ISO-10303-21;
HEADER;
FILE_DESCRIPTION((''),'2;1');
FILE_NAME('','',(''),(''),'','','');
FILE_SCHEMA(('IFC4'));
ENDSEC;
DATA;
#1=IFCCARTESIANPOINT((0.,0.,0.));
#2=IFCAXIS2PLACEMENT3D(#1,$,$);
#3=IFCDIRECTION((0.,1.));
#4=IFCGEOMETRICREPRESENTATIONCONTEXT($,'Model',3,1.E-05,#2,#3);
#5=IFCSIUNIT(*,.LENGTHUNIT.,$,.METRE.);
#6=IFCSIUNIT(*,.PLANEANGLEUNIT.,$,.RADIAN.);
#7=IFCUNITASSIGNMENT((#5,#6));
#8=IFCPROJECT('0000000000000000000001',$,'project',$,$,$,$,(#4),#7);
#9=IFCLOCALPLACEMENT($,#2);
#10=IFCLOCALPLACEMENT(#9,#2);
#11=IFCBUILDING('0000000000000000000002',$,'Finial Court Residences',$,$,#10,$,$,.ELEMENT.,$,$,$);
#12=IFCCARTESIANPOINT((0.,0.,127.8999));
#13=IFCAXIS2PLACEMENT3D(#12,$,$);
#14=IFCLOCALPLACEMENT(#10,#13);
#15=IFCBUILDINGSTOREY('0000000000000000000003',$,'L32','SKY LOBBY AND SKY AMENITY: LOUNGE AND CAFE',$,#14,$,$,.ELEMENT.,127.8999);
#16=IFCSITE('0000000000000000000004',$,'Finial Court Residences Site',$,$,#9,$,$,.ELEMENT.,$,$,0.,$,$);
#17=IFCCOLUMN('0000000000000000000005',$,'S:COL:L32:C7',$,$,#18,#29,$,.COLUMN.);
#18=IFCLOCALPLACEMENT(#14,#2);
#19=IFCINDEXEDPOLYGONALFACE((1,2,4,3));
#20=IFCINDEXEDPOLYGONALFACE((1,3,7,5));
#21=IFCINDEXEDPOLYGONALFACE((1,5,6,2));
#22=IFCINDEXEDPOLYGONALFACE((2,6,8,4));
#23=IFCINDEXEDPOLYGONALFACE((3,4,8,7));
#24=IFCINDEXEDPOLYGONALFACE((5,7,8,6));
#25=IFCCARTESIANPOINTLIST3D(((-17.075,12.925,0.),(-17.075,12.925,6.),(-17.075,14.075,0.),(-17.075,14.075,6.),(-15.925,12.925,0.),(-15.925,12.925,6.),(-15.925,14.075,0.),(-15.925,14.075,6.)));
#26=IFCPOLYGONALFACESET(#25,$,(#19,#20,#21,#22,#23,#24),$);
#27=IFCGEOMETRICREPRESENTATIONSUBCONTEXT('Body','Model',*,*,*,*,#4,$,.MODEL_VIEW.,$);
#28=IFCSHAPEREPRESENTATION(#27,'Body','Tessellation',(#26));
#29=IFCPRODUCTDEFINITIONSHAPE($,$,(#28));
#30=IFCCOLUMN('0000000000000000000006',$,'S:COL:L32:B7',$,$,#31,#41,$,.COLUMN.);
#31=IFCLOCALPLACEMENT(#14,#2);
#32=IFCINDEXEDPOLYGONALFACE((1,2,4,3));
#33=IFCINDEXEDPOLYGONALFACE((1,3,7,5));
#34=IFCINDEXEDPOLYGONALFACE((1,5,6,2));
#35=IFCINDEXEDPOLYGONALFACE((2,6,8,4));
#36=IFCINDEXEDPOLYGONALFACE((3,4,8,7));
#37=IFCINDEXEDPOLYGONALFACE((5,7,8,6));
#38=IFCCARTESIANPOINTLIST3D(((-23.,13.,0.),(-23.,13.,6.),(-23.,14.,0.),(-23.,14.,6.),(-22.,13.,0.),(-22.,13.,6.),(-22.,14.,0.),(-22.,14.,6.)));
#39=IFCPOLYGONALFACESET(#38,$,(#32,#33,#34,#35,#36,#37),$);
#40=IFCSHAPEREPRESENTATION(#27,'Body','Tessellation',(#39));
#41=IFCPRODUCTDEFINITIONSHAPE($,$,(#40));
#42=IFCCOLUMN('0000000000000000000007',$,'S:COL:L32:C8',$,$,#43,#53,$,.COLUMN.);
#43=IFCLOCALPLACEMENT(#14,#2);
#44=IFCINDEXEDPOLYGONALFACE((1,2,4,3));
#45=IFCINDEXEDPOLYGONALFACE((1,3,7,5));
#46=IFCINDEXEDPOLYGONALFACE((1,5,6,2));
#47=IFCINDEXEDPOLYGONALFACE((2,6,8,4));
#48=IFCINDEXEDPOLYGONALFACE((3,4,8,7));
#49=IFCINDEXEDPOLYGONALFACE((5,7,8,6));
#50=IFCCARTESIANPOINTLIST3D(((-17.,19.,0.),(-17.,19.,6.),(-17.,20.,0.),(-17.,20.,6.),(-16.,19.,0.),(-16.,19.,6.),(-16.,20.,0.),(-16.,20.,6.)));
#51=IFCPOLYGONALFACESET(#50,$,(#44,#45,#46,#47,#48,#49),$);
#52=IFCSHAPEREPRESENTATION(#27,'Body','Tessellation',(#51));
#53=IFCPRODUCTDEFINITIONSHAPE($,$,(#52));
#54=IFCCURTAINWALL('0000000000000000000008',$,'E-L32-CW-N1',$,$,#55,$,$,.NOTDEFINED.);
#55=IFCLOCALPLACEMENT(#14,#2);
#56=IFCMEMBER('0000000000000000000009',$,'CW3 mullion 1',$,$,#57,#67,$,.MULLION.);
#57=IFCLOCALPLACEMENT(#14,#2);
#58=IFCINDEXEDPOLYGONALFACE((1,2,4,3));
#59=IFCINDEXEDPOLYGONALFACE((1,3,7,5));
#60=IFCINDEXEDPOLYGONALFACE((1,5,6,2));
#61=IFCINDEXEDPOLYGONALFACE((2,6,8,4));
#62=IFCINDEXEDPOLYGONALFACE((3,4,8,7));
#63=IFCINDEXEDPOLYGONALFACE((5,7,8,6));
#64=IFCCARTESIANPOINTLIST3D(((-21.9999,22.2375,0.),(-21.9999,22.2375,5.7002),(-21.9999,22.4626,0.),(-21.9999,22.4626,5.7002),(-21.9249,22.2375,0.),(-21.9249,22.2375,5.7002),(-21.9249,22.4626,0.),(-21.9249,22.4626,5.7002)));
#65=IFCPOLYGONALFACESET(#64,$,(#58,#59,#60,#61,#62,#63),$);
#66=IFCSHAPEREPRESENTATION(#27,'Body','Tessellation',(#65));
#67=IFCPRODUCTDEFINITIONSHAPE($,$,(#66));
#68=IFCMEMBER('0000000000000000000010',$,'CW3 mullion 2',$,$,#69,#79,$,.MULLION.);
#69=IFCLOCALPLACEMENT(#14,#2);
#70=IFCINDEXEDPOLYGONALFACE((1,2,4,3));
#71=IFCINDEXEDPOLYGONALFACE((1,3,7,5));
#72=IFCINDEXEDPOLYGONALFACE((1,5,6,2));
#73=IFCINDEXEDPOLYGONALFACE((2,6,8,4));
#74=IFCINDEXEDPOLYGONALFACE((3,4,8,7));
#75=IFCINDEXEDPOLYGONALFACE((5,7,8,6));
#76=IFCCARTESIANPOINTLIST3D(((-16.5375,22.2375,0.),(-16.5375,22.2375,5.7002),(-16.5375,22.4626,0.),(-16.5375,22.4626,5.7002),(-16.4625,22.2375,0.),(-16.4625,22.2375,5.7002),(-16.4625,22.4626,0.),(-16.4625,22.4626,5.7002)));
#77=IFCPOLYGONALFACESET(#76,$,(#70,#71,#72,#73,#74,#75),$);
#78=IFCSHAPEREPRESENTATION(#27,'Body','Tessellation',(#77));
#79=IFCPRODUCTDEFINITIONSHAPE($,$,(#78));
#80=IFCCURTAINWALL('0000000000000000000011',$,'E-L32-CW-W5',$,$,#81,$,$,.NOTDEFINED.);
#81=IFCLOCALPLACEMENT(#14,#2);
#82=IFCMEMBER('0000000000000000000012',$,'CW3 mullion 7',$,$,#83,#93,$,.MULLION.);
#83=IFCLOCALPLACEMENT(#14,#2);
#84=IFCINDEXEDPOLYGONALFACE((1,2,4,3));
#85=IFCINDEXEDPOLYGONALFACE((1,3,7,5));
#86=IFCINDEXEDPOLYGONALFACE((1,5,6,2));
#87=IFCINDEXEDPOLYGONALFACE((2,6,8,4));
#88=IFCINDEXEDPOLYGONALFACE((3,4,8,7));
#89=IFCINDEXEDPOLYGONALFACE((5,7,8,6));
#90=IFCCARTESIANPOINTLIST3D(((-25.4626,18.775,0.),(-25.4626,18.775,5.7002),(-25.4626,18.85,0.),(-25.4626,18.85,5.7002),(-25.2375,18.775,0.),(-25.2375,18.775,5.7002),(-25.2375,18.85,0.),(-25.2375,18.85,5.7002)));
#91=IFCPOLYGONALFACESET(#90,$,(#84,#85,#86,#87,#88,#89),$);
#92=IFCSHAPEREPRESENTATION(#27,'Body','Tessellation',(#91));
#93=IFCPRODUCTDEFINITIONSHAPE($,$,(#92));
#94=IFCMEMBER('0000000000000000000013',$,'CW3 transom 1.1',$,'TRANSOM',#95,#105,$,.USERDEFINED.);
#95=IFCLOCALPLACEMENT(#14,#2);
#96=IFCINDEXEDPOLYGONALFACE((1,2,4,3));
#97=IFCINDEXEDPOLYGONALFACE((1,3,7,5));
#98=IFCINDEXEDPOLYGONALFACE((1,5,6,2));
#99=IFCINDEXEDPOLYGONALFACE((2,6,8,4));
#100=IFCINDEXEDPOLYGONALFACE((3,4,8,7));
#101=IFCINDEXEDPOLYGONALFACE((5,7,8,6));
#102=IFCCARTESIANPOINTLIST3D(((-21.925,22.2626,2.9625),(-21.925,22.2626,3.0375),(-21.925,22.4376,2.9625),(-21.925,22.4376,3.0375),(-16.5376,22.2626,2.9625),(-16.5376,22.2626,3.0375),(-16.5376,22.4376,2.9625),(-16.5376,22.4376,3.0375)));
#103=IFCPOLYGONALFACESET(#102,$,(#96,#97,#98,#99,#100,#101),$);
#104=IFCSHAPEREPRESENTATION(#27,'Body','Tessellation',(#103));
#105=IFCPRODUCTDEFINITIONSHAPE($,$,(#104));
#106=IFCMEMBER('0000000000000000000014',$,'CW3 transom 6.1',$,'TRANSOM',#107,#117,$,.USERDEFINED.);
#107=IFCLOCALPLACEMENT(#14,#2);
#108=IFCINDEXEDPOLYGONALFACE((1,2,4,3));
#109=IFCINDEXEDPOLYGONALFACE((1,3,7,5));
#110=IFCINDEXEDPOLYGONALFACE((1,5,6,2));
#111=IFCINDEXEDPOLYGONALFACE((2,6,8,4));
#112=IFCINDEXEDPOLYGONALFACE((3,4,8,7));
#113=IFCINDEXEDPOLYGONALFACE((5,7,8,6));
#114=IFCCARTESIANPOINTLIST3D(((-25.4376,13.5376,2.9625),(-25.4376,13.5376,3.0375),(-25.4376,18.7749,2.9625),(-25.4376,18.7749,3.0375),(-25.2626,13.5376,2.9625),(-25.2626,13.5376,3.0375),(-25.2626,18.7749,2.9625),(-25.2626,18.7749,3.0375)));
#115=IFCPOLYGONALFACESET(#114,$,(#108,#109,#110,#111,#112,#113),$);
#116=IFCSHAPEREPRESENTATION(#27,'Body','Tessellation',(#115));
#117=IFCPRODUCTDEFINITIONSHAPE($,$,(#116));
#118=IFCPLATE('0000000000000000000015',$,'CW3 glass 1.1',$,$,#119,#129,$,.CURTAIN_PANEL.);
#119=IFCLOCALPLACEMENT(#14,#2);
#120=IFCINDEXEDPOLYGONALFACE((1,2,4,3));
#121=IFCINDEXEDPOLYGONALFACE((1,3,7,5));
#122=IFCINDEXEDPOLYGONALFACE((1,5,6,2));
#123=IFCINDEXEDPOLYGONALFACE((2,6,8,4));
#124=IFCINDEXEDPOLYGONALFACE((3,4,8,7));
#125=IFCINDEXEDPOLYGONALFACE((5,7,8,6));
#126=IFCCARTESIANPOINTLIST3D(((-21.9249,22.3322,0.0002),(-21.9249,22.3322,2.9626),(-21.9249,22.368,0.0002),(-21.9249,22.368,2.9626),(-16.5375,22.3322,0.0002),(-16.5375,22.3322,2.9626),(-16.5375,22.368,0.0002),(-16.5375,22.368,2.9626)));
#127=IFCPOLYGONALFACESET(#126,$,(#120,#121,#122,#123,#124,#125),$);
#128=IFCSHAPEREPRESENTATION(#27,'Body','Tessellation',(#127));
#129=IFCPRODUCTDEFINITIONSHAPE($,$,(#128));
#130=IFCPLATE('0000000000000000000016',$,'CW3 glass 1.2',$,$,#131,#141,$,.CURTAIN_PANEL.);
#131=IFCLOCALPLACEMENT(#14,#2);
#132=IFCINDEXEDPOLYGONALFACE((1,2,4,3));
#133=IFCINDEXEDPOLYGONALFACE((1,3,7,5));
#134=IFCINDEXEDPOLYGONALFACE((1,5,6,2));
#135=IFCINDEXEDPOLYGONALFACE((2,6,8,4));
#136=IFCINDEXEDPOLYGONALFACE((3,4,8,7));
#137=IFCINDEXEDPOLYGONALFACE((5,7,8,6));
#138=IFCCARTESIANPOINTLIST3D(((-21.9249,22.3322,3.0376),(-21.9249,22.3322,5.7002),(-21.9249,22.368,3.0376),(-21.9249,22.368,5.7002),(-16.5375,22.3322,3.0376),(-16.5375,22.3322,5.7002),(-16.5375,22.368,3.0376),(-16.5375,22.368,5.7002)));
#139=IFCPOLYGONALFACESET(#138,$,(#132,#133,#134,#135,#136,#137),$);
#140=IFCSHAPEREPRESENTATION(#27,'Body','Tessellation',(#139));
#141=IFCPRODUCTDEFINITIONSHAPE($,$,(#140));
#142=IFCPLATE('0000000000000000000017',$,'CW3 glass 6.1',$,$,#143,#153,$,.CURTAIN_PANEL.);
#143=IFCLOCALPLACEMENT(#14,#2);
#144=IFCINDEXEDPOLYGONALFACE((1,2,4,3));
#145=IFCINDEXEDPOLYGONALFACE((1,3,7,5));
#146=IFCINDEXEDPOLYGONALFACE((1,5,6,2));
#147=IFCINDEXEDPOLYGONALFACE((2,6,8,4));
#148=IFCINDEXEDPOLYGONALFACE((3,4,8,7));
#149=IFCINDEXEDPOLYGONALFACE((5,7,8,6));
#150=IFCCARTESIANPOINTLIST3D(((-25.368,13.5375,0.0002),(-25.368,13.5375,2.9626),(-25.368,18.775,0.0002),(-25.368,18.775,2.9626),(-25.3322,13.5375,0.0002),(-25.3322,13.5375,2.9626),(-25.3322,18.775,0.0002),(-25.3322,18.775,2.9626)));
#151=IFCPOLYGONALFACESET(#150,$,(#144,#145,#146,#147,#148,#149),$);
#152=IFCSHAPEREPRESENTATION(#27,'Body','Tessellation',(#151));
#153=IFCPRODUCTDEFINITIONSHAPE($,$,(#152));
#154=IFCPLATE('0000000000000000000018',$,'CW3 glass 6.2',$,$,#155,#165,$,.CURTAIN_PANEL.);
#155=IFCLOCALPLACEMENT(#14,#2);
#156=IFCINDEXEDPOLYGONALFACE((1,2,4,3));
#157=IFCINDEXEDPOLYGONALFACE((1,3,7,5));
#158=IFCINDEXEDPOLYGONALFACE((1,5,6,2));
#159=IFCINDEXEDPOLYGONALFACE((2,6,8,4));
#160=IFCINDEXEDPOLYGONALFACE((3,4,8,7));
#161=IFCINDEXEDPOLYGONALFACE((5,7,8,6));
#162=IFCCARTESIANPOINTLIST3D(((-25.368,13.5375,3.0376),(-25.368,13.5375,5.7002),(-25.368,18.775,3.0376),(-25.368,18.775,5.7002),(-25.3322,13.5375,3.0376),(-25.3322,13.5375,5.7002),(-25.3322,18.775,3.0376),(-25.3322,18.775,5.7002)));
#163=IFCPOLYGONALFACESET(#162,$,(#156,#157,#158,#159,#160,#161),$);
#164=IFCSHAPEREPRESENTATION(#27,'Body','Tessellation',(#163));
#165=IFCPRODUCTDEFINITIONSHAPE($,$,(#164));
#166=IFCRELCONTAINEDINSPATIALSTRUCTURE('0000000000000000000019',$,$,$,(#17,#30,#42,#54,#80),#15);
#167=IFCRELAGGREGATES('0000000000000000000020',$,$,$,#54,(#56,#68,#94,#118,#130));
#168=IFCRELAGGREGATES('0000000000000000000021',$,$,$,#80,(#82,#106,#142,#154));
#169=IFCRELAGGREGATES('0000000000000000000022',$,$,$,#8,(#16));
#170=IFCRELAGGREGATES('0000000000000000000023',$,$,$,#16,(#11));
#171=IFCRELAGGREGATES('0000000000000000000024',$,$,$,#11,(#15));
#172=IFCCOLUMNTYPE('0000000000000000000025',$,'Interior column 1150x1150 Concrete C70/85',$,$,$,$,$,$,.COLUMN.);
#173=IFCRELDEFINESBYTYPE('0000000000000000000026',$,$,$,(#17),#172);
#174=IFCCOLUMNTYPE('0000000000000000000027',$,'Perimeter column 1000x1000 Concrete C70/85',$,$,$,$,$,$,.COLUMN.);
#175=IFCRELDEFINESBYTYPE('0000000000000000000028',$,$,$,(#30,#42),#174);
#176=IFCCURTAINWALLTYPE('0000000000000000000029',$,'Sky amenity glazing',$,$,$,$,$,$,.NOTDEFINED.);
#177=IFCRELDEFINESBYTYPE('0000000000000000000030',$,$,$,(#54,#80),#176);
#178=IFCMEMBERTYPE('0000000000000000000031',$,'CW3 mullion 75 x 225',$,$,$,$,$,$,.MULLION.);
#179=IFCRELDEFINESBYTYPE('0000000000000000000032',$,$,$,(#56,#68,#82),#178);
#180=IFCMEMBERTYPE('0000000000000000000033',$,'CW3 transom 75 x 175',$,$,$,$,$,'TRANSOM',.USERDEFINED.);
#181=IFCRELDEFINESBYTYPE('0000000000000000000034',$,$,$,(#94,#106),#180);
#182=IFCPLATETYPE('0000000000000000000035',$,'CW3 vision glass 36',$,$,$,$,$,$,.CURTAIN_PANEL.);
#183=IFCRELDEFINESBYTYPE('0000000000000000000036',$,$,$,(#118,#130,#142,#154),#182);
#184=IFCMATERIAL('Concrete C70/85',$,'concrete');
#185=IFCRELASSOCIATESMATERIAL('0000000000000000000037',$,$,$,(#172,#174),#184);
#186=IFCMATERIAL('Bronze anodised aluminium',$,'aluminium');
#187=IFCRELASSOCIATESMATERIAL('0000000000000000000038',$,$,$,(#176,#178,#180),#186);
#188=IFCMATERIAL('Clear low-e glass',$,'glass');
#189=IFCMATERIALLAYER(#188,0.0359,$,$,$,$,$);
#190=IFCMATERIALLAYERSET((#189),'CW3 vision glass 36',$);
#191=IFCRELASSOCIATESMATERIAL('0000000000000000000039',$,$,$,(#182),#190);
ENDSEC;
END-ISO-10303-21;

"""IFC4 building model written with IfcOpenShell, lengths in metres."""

from ifc_helpers import new_model, si_unit, direction, frame, origin, origin_2d, place, context, subcontext, project, spatial, rectangle, extrude, material, layer, layer_set, material_profile, profile_set, type_object, element, aggregate, save


model = new_model("IFC4")

# Units and contexts
model_context = context("Model", 3, precision=1e-05, world=origin(), true_north=direction((0.0, 1.0)))
body_context = subcontext(model_context, "Body", "Model", "MODEL_VIEW")
ifc_project = project(units=[si_unit("LENGTHUNIT", "METRE"), si_unit("PLANEANGLEUNIT", "RADIAN")], contexts=[model_context])

# Site, building, storey
site_placement = place(None, origin())
site = spatial("IfcSite", under=ifc_project, at=site_placement, Name="Finial Court Residences Site", CompositionType="ELEMENT", RefElevation=0.0)
building_placement = place(site_placement, origin())
building = spatial("IfcBuilding", under=site, at=building_placement, Name="Finial Court Residences", CompositionType="ELEMENT")
storey_placement = place(building_placement, frame((0.0, 0.0, 127.8999)))
storey = spatial("IfcBuildingStorey", under=building, at=storey_placement, Name="L32", Description="SKY LOBBY AND SKY AMENITY: LOUNGE AND CAFE", CompositionType="ELEMENT", Elevation=127.8999)

# Columns
ifc_material_1 = material(Name="Concrete C70/85", Category="concrete")
ifc_material_profile_1 = material_profile(ifc_material_1, rectangle(XDim=1.1499, YDim=1.1499, at=origin_2d()), Name="1150x1150")
ifc_profile_set_1 = profile_set([ifc_material_profile_1], Name="Concrete C70/85")
column_type_1 = type_object("IfcColumnType", Name="Interior column 1150x1150 Concrete C70/85", PredefinedType="COLUMN", material=ifc_profile_set_1)
column_placement = place(storey_placement, frame((-16.5, 13.5, 0.0), z_axis=(0.0, 0.0, 1.0), x_axis=(1.0, 0.0, 0.0)))
element("IfcColumn", 1, at=column_placement, inside=storey, type_object=column_type_1, Name="S:COL:L32:C7", PredefinedType="COLUMN", context=body_context, shape_type="SweptSolid", body=[
    extrude(rectangle(XDim=1.1499, YDim=1.1499, at=origin_2d()), origin(), (0.0, 0.0, 1.0), 6.0),
])
ifc_material_profile_2 = material_profile(ifc_material_1, rectangle(XDim=1.0, YDim=1.0, at=origin_2d()), Name="1000x1000")
ifc_profile_set_2 = profile_set([ifc_material_profile_2], Name="Concrete C70/85")
column_type_2 = type_object("IfcColumnType", Name="Perimeter column 1000x1000 Concrete C70/85", PredefinedType="COLUMN", material=ifc_profile_set_2)
for number, where, z_axis, x_axis, name in (
    (2, (-22.5, 13.5, 0.0), (0.0, 0.0, 1.0), (1.0, 0.0, 0.0), "S:COL:L32:B7"),
    (3, (-16.5, 19.5, 0.0), (0.0, 0.0, 1.0), (1.0, 0.0, 0.0), "S:COL:L32:C8"),
):
    element("IfcColumn", number, at=place(storey_placement, frame(where, z_axis=z_axis, x_axis=x_axis)), inside=storey, type_object=column_type_2, Name=name, PredefinedType="COLUMN", context=body_context, shape_type="SweptSolid", body=[
        extrude(rectangle(XDim=1.0, YDim=1.0, at=origin_2d()), origin(), (0.0, 0.0, 1.0), 6.0),
    ])

# Curtain wall, members
ifc_material_2 = material(Name="Bronze anodised aluminium", Category="aluminium")
curtain_wall_type = type_object("IfcCurtainWallType", Name="Sky amenity glazing", PredefinedType="NOTDEFINED", material=ifc_material_2)
curtain_wall_1_placement = place(storey_placement, origin())
curtain_wall_1 = element("IfcCurtainWall", 4, at=curtain_wall_1_placement, inside=storey, type_object=curtain_wall_type, Name="E-L32-CW-N1", PredefinedType="NOTDEFINED")
ifc_material_profile_3 = material_profile(ifc_material_2, rectangle(XDim=0.2251, YDim=0.075, at=origin_2d()), Name="CW3 mullion 75 x 225")
ifc_profile_set_3 = profile_set([ifc_material_profile_3], Name="Bronze anodised aluminium")
member_type_1 = type_object("IfcMemberType", Name="CW3 mullion 75 x 225", PredefinedType="MULLION", material=ifc_profile_set_3)
member_1_placement = place(storey_placement, frame((-21.9624, 22.3501, 0.0), z_axis=(0.0, 0.0, 1.0), x_axis=(0.0, 1.0, 0.0)))
member_1 = element("IfcMember", 5, at=member_1_placement, type_object=member_type_1, Name="CW3 mullion 1", PredefinedType="MULLION", context=body_context, shape_type="SweptSolid", body=[
    extrude(rectangle(XDim=0.2251, YDim=0.075, at=origin_2d()), origin(), (0.0, 0.0, 1.0), 5.7002),
])
member_2_placement = place(storey_placement, frame((-16.5, 22.3501, 0.0), z_axis=(0.0, 0.0, 1.0), x_axis=(0.0, 1.0, 0.0)))
member_2 = element("IfcMember", 6, at=member_2_placement, type_object=member_type_1, Name="CW3 mullion 2", PredefinedType="MULLION", context=body_context, shape_type="SweptSolid", body=[
    extrude(rectangle(XDim=0.2251, YDim=0.075, at=origin_2d()), origin(), (0.0, 0.0, 1.0), 5.7002),
])

# Curtain wall, member
curtain_wall_2_placement = place(storey_placement, origin())
curtain_wall_2 = element("IfcCurtainWall", 7, at=curtain_wall_2_placement, inside=storey, type_object=curtain_wall_type, Name="E-L32-CW-W5", PredefinedType="NOTDEFINED")
member_3_placement = place(storey_placement, frame((-25.3501, 18.8125, 0.0), z_axis=(0.0, 0.0, 1.0), x_axis=(-1.0, 0.0, 0.0)))
member_3 = element("IfcMember", 8, at=member_3_placement, type_object=member_type_1, Name="CW3 mullion 7", PredefinedType="MULLION", context=body_context, shape_type="SweptSolid", body=[
    extrude(rectangle(XDim=0.2251, YDim=0.075, at=origin_2d()), origin(), (0.0, 0.0, 1.0), 5.7002),
])

# Members
ifc_material_profile_4 = material_profile(ifc_material_2, rectangle(XDim=0.175, YDim=0.075, at=origin_2d()), Name="CW3 transom 75 x 175")
ifc_profile_set_4 = profile_set([ifc_material_profile_4], Name="Bronze anodised aluminium")
member_type_2 = type_object("IfcMemberType", Name="CW3 transom 75 x 175", ElementType="TRANSOM", PredefinedType="USERDEFINED", material=ifc_profile_set_4)
member_4_placement = place(storey_placement, frame((-21.925, 22.3501, 3.0), z_axis=(1.0, 0.0, 0.0), x_axis=(0.0, 1.0, 0.0)))
member_4 = element("IfcMember", 9, at=member_4_placement, type_object=member_type_2, Name="CW3 transom 1.1", ObjectType="TRANSOM", PredefinedType="USERDEFINED", context=body_context, shape_type="SweptSolid", body=[
    extrude(rectangle(XDim=0.175, YDim=0.075, at=origin_2d()), origin(), (0.0, 0.0, 1.0), 5.3875),
])
member_5_placement = place(storey_placement, frame((-25.3501, 13.5376, 3.0), z_axis=(0.0, 1.0, 0.0), x_axis=(-1.0, 0.0, 0.0)))
member_5 = element("IfcMember", 10, at=member_5_placement, type_object=member_type_2, Name="CW3 transom 6.1", ObjectType="TRANSOM", PredefinedType="USERDEFINED", context=body_context, shape_type="SweptSolid", body=[
    extrude(rectangle(XDim=0.175, YDim=0.075, at=origin_2d()), origin(), (0.0, 0.0, 1.0), 5.2373),
])

# Plates
ifc_material_3 = material(Name="Clear low-e glass", Category="glass")
ifc_layer_1 = layer(ifc_material_3, 0.0359)
ifc_layer_set_1 = layer_set([ifc_layer_1], Name="CW3 vision glass 36")
plate_type = type_object("IfcPlateType", Name="CW3 vision glass 36", PredefinedType="CURTAIN_PANEL", material=ifc_layer_set_1)
plate_1_placement = place(storey_placement, frame((-19.2312, 22.3501, 0.0002), z_axis=(0.0, 0.0, 1.0), x_axis=(1.0, 0.0, 0.0)))
plate_1 = element("IfcPlate", 11, at=plate_1_placement, type_object=plate_type, Name="CW3 glass 1.1", PredefinedType="CURTAIN_PANEL", context=body_context, shape_type="SweptSolid", body=[
    extrude(rectangle(XDim=5.3875, YDim=0.0359, at=origin_2d()), origin(), (0.0, 0.0, 1.0), 2.9624),
])
plate_2_placement = place(storey_placement, frame((-19.2312, 22.3501, 3.0376), z_axis=(0.0, 0.0, 1.0), x_axis=(1.0, 0.0, 0.0)))
plate_2 = element("IfcPlate", 12, at=plate_2_placement, type_object=plate_type, Name="CW3 glass 1.2", PredefinedType="CURTAIN_PANEL", context=body_context, shape_type="SweptSolid", body=[
    extrude(rectangle(XDim=5.3875, YDim=0.0359, at=origin_2d()), origin(), (0.0, 0.0, 1.0), 2.6626),
])
aggregate(curtain_wall_1, [member_1, member_2, member_4, plate_1, plate_2])
plate_3_placement = place(storey_placement, frame((-25.3501, 16.1562, 0.0002), z_axis=(0.0, 0.0, 1.0), x_axis=(0.0, 1.0, 0.0)))
plate_3 = element("IfcPlate", 13, at=plate_3_placement, type_object=plate_type, Name="CW3 glass 6.1", PredefinedType="CURTAIN_PANEL", context=body_context, shape_type="SweptSolid", body=[
    extrude(rectangle(XDim=5.2375, YDim=0.0359, at=origin_2d()), origin(), (0.0, 0.0, 1.0), 2.9624),
])
plate_4_placement = place(storey_placement, frame((-25.3501, 16.1562, 3.0376), z_axis=(0.0, 0.0, 1.0), x_axis=(0.0, 1.0, 0.0)))
plate_4 = element("IfcPlate", 14, at=plate_4_placement, type_object=plate_type, Name="CW3 glass 6.2", PredefinedType="CURTAIN_PANEL", context=body_context, shape_type="SweptSolid", body=[
    extrude(rectangle(XDim=5.2375, YDim=0.0359, at=origin_2d()), origin(), (0.0, 0.0, 1.0), 2.6626),
])
aggregate(curtain_wall_2, [member_3, member_5, plate_3, plate_4])

save(model, "model.ifc")
